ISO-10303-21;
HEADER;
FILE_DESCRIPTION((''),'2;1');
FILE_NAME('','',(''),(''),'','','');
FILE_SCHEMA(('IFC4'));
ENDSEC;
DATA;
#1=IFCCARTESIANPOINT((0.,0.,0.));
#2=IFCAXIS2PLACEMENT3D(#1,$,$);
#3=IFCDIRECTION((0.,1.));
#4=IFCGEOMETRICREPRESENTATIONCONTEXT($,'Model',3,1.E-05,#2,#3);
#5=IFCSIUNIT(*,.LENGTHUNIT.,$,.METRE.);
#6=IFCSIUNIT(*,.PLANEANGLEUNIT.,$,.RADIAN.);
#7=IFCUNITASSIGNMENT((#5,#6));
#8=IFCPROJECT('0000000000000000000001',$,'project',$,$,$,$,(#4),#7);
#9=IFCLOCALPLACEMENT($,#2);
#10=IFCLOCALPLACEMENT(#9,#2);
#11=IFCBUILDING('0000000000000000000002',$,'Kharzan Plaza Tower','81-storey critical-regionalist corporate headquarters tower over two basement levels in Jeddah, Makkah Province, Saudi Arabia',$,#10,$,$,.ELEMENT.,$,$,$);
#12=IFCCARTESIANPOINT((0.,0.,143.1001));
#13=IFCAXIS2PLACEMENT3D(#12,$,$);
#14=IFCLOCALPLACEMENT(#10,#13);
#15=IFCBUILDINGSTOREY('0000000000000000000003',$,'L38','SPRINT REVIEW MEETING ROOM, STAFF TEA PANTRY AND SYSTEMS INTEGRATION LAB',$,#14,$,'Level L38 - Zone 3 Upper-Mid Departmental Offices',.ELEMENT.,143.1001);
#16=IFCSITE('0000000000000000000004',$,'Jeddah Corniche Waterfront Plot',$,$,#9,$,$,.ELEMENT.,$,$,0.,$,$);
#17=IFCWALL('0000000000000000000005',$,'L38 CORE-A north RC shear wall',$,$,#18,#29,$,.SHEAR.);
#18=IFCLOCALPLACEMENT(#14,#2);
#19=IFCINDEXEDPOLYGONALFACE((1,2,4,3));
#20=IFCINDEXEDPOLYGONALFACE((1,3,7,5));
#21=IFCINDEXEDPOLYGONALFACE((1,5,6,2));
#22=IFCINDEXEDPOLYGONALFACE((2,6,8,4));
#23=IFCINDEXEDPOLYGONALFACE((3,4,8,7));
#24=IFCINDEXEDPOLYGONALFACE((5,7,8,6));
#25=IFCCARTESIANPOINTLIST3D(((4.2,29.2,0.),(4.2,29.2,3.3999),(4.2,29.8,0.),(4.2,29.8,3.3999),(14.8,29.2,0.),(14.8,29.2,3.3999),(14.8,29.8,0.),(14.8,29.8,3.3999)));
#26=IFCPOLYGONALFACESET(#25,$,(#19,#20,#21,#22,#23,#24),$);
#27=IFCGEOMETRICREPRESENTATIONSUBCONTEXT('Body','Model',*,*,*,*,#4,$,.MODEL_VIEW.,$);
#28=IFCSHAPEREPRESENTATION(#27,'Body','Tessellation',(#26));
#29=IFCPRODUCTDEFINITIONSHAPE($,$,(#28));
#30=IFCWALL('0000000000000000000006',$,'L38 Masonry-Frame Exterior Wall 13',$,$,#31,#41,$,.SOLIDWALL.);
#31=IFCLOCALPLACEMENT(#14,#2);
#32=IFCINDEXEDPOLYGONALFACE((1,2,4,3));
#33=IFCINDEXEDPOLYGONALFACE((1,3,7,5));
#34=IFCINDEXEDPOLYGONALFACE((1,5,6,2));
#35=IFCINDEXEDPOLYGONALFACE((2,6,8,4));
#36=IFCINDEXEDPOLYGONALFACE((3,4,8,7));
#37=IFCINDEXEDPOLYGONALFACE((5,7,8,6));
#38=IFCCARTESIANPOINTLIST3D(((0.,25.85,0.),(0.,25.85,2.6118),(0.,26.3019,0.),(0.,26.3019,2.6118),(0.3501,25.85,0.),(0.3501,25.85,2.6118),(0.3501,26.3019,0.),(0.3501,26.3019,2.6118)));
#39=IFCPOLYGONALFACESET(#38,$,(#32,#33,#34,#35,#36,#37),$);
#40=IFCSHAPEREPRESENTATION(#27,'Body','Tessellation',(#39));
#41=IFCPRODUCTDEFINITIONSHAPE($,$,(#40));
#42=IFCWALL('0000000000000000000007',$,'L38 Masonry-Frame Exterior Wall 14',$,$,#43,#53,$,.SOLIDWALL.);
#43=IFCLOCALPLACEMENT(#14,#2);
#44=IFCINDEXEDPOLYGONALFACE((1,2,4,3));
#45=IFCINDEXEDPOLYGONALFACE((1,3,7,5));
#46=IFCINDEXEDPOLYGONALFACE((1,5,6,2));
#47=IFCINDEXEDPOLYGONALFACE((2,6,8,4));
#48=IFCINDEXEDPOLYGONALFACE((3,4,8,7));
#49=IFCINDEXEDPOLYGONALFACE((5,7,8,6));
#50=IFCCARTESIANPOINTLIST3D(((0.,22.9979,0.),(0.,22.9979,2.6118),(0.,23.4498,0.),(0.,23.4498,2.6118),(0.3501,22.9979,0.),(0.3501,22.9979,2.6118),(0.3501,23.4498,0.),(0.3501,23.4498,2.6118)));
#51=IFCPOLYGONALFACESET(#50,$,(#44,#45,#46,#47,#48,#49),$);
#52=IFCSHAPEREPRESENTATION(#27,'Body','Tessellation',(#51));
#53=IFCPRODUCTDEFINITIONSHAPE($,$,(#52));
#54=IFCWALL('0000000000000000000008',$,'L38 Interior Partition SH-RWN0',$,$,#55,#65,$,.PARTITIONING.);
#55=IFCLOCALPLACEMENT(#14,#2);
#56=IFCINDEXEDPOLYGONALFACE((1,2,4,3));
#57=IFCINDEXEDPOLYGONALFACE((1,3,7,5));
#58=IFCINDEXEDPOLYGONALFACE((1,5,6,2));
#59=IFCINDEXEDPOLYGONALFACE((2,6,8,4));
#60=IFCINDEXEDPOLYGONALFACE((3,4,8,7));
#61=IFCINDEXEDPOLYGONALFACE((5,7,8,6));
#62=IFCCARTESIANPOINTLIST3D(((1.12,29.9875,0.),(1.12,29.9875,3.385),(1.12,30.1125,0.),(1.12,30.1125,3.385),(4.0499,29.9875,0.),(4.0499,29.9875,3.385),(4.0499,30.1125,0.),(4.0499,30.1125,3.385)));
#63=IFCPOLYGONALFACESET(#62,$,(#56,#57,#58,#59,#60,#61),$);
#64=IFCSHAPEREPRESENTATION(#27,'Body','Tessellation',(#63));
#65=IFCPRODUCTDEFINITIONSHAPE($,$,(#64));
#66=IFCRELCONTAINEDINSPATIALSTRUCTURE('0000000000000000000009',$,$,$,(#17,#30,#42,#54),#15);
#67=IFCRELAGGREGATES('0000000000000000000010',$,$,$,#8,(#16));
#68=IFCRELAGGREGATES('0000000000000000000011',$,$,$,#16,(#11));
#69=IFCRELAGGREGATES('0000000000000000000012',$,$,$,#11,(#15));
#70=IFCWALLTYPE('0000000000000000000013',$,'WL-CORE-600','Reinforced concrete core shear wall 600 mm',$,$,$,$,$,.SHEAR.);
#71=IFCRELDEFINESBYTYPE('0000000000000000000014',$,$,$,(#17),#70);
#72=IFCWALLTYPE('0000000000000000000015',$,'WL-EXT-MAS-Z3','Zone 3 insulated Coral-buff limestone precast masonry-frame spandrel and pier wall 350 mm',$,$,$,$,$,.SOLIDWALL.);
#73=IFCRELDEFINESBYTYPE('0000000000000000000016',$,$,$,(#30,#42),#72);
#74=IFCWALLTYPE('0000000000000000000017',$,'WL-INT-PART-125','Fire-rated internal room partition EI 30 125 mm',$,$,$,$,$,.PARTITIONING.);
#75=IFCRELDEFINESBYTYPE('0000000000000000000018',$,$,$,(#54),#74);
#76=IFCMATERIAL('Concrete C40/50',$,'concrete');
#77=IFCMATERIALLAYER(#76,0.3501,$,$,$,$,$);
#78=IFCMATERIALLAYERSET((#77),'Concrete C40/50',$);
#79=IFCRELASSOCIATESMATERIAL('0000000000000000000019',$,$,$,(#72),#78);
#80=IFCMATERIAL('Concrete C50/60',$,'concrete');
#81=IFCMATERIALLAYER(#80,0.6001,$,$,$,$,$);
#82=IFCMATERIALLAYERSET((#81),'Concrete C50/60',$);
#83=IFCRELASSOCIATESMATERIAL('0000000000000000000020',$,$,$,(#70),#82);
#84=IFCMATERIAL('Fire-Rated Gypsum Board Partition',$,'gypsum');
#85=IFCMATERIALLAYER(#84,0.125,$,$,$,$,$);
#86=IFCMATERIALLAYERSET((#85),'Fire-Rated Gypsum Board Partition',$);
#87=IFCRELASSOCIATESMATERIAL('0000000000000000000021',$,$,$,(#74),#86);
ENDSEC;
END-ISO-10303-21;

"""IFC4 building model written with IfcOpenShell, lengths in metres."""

from ifc_helpers import new_model, si_unit, direction, frame, frame_2d, origin, place, context, subcontext, project, spatial, rectangle, extrude, source, transform, mapped, material, layer, layer_set, type_object, element, save


model = new_model("IFC4")

# Units and contexts
model_context = context("Model", 3, precision=1e-05, world=origin(), true_north=direction((0.0, 1.0)))
body_context = subcontext(model_context, "Body", "Model", "MODEL_VIEW")
ifc_project = project(units=[si_unit("LENGTHUNIT", "METRE"), si_unit("PLANEANGLEUNIT", "RADIAN")], contexts=[model_context])

# Site, building, storey
site_placement = place(None, origin())
site = spatial("IfcSite", under=ifc_project, at=site_placement, Name="Jeddah Corniche Waterfront Plot", CompositionType="ELEMENT", RefElevation=0.0)
building_placement = place(site_placement, origin())
building = spatial("IfcBuilding", under=site, at=building_placement, Name="Kharzan Plaza Tower", Description="81-storey critical-regionalist corporate headquarters tower over two basement levels in Jeddah, Makkah Province, Saudi Arabia", CompositionType="ELEMENT")
storey_placement = place(building_placement, frame((0.0, 0.0, 143.1001)))
storey = spatial("IfcBuildingStorey", under=building, at=storey_placement, Name="L38", Description="SPRINT REVIEW MEETING ROOM, STAFF TEA PANTRY AND SYSTEMS INTEGRATION LAB", LongName="Level L38 - Zone 3 Upper-Mid Departmental Offices", CompositionType="ELEMENT", Elevation=143.1001)

# Shared definitions
ifc_material_1 = material(Name="Concrete C50/60", Category="concrete")

# Shared definitions
ifc_material_2 = material(Name="Concrete C40/50", Category="concrete")
ifc_layer_1 = layer(ifc_material_2, 0.3501)
ifc_layer_set_1 = layer_set([ifc_layer_1], Name="Concrete C40/50")
wall_type_1 = type_object("IfcWallType", Name="WL-EXT-MAS-Z3", Description="Zone 3 insulated Coral-buff limestone precast masonry-frame spandrel and pier wall 350 mm", PredefinedType="SOLIDWALL", material=ifc_layer_set_1)

# Walls
ifc_layer_2 = layer(ifc_material_1, 0.6001)
ifc_layer_set_2 = layer_set([ifc_layer_2], Name="Concrete C50/60")
wall_type_2 = type_object("IfcWallType", Name="WL-CORE-600", Description="Reinforced concrete core shear wall 600 mm", PredefinedType="SHEAR", material=ifc_layer_set_2)
shared_shape_1 = source(origin(), body_context, "Body", "SweptSolid", [
    extrude(rectangle(XDim=10.6001, YDim=0.6001, at=frame_2d((5.3, 0.0))), origin(), (0.0, 0.0, 1.0), 3.3999),
])
wall_1_placement = place(storey_placement, frame((4.2, 29.5, 0.0), z_axis=(0.0, 0.0, 1.0), x_axis=(1.0, 0.0, 0.0)))
element("IfcWall", 1, at=wall_1_placement, inside=storey, type_object=wall_type_2, Name="L38 CORE-A north RC shear wall", PredefinedType="SHEAR", context=body_context, shape_type="MappedRepresentation", body=[
    mapped(shared_shape_1, transform((0.0, 0.0, 0.0), x_axis=(1.0, 0.0, 0.0), y_axis=(0.0, 1.0, 0.0), z_axis=(0.0, 0.0, 1.0))),
])
shared_shape_2 = source(origin(), body_context, "Body", "SweptSolid", [
    extrude(rectangle(XDim=0.4519, YDim=0.3501, at=frame_2d((0.2261, 0.0))), origin(), (0.0, 0.0, 1.0), 2.6118),
])
for number, where, z_axis, x_axis, name in (
    (2, (0.175, 26.302, 0.0), (0.0, 0.0, 1.0), (0.0, -1.0, 0.0), "L38 Masonry-Frame Exterior Wall 13"),
    (3, (0.175, 23.45, 0.0), (0.0, 0.0, 1.0), (0.0, -1.0, 0.0), "L38 Masonry-Frame Exterior Wall 14"),
):
    element("IfcWall", number, at=place(storey_placement, frame(where, z_axis=z_axis, x_axis=x_axis)), inside=storey, type_object=wall_type_1, Name=name, PredefinedType="SOLIDWALL", context=body_context, shape_type="MappedRepresentation", body=[
        mapped(shared_shape_2, transform((0.0, 0.0, 0.0), x_axis=(1.0, 0.0, 0.0), y_axis=(0.0, 1.0, 0.0), z_axis=(0.0, 0.0, 1.0))),
    ])
ifc_material_3 = material(Name="Fire-Rated Gypsum Board Partition", Category="gypsum")
ifc_layer_3 = layer(ifc_material_3, 0.125)
ifc_layer_set_3 = layer_set([ifc_layer_3], Name="Fire-Rated Gypsum Board Partition")
wall_type_3 = type_object("IfcWallType", Name="WL-INT-PART-125", Description="Fire-rated internal room partition EI 30 125 mm", PredefinedType="PARTITIONING", material=ifc_layer_set_3)
shared_shape_3 = source(origin(), body_context, "Body", "SweptSolid", [
    extrude(rectangle(XDim=2.9299, YDim=0.125, at=frame_2d((1.4648, 0.0))), origin(), (0.0, 0.0, 1.0), 3.385),
])
wall_2_placement = place(storey_placement, frame((1.1201, 30.05, 0.0), z_axis=(0.0, 0.0, 1.0), x_axis=(1.0, 0.0, 0.0)))
element("IfcWall", 4, at=wall_2_placement, inside=storey, type_object=wall_type_3, Name="L38 Interior Partition SH-RWN0", PredefinedType="PARTITIONING", context=body_context, shape_type="MappedRepresentation", body=[
    mapped(shared_shape_3, transform((0.0, 0.0, 0.0), x_axis=(1.0, 0.0, 0.0), y_axis=(0.0, 1.0, 0.0), z_axis=(0.0, 0.0, 1.0))),
])

save(model, "model.ifc")
